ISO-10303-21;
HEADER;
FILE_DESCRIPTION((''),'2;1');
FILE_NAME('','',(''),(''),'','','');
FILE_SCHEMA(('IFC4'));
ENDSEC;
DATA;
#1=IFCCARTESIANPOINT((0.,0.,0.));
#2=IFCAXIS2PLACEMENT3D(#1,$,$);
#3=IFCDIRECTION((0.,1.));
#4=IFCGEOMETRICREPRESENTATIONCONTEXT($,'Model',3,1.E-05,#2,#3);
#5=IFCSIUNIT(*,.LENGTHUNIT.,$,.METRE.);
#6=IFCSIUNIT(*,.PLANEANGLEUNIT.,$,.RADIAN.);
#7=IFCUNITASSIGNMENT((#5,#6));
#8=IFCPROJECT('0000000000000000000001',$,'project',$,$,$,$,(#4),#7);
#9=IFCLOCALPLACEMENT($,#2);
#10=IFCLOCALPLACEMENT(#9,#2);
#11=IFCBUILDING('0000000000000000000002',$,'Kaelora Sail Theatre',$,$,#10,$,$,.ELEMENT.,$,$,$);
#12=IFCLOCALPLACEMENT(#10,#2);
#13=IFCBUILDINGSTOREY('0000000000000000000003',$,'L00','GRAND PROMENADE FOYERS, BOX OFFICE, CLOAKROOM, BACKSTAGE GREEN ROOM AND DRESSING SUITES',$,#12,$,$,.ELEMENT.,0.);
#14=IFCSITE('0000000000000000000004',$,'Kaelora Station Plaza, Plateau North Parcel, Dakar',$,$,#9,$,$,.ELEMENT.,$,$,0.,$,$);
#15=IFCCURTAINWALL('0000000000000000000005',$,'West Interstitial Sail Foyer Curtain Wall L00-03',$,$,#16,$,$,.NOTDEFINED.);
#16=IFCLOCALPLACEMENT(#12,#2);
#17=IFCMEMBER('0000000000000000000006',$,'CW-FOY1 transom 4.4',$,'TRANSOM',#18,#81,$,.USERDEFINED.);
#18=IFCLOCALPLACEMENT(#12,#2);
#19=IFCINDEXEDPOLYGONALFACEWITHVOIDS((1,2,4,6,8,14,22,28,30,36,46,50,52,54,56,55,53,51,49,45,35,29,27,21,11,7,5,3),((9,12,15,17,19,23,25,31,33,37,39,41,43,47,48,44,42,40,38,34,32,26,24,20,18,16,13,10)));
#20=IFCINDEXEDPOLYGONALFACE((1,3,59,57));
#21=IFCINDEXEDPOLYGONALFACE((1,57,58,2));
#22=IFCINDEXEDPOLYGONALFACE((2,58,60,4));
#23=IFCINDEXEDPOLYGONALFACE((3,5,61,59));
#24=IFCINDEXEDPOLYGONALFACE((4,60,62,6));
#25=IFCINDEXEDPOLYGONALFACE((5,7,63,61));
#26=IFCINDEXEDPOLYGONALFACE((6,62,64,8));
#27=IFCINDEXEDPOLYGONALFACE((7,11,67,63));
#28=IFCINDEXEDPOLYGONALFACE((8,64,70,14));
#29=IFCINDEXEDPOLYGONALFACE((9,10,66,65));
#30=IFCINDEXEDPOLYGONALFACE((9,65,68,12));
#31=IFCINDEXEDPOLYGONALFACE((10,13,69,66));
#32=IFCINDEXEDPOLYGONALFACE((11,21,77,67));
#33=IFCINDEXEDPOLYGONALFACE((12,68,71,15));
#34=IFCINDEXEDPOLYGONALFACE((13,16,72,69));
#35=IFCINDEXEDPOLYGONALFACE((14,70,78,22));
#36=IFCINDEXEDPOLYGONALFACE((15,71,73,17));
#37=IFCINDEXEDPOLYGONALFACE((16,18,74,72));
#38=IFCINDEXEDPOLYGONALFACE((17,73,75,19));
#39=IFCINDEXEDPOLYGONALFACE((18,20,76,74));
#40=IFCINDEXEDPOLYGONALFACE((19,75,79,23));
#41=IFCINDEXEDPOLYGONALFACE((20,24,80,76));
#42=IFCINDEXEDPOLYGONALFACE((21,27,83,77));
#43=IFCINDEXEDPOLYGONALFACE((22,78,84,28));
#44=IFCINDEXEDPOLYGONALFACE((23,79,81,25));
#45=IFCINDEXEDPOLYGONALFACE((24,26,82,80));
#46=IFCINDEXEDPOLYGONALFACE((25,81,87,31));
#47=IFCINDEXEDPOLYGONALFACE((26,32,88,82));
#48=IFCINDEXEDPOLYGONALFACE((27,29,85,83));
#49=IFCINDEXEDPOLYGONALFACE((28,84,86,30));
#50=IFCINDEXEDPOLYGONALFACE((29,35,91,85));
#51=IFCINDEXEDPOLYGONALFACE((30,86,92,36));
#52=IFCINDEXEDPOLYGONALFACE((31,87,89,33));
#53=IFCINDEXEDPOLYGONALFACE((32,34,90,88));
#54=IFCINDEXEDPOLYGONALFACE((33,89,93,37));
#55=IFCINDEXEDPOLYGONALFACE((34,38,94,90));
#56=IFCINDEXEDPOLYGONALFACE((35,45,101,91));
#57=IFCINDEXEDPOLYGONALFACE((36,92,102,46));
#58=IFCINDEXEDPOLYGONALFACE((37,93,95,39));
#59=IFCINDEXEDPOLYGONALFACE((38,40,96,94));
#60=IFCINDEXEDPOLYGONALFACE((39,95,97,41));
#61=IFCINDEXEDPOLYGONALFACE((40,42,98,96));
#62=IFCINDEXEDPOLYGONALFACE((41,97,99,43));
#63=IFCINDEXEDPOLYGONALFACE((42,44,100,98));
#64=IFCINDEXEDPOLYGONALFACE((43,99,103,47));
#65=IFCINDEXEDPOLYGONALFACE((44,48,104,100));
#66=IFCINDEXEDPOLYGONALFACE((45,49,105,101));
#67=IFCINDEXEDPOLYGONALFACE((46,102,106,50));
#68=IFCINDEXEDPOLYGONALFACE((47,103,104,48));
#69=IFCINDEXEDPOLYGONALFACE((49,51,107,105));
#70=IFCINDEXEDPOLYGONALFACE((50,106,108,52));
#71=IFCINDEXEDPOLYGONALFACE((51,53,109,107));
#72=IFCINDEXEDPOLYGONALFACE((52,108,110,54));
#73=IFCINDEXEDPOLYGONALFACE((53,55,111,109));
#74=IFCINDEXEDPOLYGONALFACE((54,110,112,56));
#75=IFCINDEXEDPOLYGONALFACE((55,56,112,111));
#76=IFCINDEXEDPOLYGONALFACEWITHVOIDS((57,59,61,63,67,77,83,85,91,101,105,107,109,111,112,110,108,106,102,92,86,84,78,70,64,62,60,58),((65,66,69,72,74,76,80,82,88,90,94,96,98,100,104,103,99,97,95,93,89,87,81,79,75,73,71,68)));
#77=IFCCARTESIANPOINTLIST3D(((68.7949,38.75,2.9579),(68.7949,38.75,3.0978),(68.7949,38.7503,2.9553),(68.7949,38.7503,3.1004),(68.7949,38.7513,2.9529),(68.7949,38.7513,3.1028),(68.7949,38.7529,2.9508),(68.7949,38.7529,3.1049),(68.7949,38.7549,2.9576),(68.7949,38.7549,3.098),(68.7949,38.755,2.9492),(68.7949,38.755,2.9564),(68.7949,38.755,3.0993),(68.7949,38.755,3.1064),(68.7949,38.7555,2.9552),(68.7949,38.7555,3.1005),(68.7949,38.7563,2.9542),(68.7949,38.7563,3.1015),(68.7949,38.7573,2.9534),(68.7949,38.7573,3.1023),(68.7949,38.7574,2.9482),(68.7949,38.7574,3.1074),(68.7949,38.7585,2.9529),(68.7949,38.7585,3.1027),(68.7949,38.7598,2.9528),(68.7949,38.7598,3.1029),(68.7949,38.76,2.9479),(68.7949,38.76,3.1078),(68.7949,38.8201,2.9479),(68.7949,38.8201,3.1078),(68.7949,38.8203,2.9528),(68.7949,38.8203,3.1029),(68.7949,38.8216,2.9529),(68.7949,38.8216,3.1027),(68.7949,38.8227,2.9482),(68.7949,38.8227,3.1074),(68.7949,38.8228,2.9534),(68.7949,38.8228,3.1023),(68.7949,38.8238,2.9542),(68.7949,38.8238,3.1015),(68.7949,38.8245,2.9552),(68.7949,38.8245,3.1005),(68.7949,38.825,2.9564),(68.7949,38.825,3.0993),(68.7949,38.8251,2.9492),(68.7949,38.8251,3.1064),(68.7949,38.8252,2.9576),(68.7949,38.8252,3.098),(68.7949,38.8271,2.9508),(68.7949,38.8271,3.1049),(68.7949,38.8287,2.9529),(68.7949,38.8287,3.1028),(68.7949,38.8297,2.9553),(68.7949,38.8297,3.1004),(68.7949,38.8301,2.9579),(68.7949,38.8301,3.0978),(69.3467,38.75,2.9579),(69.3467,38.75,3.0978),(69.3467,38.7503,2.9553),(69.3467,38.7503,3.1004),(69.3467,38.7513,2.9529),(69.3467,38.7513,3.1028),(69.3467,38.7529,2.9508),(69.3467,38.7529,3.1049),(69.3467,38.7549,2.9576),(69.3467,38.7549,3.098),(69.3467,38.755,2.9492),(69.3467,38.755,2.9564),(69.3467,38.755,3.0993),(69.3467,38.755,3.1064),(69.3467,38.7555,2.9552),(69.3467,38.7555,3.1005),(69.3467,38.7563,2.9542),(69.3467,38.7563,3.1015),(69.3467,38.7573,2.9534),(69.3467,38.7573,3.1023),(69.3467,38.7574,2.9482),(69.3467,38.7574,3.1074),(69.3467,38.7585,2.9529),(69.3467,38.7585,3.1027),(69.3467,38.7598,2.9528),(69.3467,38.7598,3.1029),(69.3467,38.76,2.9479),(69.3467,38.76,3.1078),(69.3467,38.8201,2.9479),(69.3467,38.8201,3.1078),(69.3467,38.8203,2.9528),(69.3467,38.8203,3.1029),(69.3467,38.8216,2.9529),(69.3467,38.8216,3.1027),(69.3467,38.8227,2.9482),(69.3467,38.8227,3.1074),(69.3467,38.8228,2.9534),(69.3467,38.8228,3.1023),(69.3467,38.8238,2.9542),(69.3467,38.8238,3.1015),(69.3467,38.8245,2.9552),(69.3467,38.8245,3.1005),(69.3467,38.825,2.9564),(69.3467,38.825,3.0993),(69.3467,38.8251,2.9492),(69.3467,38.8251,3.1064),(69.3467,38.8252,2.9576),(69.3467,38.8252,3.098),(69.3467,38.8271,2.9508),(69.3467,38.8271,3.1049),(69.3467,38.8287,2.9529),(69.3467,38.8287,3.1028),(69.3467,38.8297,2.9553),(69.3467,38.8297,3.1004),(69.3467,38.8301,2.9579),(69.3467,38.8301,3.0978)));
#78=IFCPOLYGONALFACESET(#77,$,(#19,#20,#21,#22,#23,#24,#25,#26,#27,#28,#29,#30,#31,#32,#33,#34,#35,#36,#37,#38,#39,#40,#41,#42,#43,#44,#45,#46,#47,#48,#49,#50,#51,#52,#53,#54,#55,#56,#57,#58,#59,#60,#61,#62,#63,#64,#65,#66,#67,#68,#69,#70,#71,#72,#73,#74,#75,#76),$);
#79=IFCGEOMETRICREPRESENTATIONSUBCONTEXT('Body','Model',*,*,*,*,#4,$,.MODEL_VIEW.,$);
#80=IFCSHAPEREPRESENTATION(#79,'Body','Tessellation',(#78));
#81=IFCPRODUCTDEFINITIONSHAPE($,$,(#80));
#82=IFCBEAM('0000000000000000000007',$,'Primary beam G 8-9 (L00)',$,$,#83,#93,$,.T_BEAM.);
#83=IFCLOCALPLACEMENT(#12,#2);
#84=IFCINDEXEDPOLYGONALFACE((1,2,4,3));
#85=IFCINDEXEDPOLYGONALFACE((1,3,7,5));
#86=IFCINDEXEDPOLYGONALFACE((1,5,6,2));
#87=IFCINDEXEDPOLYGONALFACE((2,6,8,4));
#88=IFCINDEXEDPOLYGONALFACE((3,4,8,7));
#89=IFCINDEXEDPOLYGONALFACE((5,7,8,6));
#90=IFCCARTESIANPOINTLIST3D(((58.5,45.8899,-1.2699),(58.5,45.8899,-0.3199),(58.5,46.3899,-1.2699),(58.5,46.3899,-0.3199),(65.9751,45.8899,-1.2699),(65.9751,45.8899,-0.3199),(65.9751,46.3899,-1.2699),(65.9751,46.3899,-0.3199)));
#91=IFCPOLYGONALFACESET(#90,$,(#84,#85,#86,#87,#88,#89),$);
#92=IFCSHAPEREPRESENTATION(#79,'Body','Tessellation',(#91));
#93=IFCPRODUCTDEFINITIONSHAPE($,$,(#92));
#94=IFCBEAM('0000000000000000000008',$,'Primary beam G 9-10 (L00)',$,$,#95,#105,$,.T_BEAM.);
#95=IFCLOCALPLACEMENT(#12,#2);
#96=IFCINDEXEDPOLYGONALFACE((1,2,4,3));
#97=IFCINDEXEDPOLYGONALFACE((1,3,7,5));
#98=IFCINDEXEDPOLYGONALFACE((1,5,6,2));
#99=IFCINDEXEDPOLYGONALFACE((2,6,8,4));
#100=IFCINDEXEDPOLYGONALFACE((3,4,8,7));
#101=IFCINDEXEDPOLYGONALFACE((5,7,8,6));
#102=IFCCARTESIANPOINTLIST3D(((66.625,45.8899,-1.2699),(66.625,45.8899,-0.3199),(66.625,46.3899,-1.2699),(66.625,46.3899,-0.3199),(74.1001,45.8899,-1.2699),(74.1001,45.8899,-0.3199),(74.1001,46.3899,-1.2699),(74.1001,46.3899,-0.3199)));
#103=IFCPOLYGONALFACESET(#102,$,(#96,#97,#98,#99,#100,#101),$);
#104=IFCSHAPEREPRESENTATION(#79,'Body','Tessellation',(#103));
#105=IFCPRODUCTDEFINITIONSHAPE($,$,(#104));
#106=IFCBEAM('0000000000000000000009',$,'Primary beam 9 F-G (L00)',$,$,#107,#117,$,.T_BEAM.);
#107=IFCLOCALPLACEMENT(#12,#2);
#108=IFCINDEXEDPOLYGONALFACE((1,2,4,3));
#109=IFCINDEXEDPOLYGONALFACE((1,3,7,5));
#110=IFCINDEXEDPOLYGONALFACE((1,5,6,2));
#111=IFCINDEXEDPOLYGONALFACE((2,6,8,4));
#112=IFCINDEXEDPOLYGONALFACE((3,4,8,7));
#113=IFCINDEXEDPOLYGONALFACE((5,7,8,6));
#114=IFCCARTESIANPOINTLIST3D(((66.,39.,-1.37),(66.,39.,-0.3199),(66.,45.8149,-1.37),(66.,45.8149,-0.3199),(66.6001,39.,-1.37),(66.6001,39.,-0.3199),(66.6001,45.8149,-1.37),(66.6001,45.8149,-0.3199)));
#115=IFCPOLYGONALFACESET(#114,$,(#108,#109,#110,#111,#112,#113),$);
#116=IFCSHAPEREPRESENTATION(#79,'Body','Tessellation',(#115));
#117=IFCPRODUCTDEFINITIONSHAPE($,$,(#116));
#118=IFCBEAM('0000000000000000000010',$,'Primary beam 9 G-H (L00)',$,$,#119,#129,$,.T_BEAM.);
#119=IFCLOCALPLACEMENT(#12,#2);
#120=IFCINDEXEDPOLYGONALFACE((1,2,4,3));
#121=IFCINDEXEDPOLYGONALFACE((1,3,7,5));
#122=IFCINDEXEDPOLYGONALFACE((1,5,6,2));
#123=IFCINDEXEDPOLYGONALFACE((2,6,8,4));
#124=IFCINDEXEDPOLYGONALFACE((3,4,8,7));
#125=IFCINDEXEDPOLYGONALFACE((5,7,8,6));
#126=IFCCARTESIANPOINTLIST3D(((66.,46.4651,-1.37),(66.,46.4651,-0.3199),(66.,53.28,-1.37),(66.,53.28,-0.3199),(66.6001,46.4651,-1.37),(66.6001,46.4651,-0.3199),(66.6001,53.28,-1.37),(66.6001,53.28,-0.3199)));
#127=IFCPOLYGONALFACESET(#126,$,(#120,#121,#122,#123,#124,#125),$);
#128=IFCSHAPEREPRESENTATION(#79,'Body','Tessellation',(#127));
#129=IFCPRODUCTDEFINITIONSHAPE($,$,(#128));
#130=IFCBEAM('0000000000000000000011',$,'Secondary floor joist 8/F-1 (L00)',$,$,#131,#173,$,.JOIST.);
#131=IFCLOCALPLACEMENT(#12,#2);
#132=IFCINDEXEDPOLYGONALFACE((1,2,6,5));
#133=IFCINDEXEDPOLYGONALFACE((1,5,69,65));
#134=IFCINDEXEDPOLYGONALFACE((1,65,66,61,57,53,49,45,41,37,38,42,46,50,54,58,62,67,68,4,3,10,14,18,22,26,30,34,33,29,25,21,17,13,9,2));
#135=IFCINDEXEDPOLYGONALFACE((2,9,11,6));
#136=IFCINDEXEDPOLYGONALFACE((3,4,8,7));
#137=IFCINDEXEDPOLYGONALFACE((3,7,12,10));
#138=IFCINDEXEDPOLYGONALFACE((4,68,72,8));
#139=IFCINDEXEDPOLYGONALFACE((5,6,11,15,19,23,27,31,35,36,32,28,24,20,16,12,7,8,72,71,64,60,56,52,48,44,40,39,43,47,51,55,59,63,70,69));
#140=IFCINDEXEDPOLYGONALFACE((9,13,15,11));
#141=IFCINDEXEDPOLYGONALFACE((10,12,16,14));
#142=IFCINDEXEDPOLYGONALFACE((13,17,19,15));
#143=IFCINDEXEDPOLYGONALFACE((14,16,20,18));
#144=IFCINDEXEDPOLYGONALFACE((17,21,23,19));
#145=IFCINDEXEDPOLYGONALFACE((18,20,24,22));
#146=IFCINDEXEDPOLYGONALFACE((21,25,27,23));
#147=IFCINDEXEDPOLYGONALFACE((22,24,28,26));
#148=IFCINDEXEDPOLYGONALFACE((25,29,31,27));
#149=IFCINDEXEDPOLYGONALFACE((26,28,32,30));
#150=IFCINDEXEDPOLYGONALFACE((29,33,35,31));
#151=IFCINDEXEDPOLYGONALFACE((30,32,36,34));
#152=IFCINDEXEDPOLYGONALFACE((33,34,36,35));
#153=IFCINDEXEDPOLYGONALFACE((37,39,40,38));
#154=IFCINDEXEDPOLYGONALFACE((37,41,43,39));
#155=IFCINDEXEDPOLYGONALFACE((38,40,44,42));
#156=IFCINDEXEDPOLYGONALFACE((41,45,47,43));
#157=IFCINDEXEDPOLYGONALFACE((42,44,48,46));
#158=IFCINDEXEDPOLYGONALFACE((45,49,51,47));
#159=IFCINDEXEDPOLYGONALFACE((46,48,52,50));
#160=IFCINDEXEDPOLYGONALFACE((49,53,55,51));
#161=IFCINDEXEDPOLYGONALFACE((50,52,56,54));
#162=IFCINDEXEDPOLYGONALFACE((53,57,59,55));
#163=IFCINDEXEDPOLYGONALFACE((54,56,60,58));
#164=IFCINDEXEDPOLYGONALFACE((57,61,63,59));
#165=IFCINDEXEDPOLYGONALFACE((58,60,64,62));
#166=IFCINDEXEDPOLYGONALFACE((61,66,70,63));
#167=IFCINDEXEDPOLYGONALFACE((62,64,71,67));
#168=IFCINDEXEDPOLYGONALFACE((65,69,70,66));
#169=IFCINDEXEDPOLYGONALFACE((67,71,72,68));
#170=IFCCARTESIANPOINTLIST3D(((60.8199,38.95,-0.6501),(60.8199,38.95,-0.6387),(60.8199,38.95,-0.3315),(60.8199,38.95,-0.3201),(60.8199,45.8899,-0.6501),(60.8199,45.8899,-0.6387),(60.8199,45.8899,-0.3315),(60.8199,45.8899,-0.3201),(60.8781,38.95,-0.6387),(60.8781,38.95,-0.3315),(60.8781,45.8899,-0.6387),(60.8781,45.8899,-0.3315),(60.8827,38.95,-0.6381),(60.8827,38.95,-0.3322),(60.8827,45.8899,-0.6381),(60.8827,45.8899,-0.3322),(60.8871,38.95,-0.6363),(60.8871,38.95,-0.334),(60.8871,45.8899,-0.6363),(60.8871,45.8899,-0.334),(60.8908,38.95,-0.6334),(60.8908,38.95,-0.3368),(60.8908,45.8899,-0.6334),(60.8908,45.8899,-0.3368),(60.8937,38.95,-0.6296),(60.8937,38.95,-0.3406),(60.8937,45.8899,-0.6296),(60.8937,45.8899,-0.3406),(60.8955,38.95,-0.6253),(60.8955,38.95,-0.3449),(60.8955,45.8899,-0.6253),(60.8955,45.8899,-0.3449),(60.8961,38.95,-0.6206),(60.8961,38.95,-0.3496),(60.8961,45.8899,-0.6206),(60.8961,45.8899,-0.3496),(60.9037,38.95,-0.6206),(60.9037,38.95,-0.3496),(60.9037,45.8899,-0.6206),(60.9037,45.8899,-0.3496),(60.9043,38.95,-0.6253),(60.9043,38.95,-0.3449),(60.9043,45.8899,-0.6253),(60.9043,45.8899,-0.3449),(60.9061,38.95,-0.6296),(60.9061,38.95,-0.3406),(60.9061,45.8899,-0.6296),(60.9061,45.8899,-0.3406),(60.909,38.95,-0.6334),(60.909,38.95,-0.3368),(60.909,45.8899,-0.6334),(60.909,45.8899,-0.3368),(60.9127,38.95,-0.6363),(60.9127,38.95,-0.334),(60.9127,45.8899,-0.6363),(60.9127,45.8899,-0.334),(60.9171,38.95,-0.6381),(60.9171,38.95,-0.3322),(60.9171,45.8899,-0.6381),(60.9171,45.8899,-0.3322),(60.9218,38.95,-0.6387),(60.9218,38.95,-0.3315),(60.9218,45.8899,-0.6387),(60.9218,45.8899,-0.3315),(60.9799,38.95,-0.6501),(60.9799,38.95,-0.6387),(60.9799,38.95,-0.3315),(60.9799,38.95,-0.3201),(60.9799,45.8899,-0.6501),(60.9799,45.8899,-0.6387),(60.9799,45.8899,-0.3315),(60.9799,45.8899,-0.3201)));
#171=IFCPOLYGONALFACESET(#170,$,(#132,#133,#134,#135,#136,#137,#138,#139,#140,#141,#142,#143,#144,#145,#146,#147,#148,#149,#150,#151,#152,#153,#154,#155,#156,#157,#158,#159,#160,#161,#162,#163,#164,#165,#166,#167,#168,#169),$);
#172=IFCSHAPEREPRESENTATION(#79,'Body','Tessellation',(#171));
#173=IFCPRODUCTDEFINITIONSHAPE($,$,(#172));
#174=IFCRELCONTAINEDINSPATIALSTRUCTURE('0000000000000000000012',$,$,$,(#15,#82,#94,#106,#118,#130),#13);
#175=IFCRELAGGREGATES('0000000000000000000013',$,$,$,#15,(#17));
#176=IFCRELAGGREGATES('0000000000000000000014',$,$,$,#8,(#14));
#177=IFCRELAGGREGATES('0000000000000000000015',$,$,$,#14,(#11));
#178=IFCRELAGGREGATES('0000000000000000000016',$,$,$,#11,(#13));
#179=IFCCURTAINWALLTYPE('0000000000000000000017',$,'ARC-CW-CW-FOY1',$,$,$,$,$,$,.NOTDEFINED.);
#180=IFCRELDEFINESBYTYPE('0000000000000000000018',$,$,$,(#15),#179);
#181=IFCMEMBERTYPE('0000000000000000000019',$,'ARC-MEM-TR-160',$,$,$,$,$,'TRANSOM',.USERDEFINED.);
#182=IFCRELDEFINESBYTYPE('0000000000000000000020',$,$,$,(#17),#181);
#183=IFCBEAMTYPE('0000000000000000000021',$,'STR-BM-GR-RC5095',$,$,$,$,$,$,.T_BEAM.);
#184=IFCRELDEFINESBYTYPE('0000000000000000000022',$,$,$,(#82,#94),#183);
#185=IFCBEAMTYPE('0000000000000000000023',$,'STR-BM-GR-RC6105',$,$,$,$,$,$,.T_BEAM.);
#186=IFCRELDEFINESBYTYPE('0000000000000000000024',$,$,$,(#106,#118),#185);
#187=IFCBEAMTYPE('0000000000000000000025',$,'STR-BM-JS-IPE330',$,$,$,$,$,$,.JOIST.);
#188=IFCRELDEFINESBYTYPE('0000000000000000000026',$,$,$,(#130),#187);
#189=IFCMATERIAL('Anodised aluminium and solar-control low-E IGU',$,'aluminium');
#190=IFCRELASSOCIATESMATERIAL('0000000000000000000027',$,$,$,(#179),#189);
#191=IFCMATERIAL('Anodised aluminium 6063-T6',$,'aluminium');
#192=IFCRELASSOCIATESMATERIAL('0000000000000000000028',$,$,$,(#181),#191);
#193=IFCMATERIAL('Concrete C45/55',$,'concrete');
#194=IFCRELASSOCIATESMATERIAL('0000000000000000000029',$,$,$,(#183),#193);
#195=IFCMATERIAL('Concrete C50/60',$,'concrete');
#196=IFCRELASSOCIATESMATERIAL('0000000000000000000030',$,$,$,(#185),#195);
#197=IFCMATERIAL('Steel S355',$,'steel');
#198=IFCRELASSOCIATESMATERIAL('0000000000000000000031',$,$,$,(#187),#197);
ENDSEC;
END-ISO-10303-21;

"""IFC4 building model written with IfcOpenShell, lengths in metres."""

from ifc_helpers import new_model, si_unit, direction, frame, origin, origin_2d, place, context, subcontext, project, spatial, rectangle, hollow_rectangle, i_section, extrude, material, material_profile, profile_set, type_object, element, aggregate, save


model = new_model("IFC4")

# Units and contexts
model_context = context("Model", 3, precision=1e-05, world=origin(), true_north=direction((0.0, 1.0)))
body_context = subcontext(model_context, "Body", "Model", "MODEL_VIEW")
ifc_project = project(units=[si_unit("LENGTHUNIT", "METRE"), si_unit("PLANEANGLEUNIT", "RADIAN")], contexts=[model_context])

# Site, building, storey
site_placement = place(None, origin())
site = spatial("IfcSite", under=ifc_project, at=site_placement, Name="Kaelora Station Plaza, Plateau North Parcel, Dakar", CompositionType="ELEMENT", RefElevation=0.0)
building_placement = place(site_placement, origin())
building = spatial("IfcBuilding", under=site, at=building_placement, Name="Kaelora Sail Theatre", CompositionType="ELEMENT")
storey_placement = place(building_placement, origin())
storey = spatial("IfcBuildingStorey", under=building, at=storey_placement, Name="L00", Description="GRAND PROMENADE FOYERS, BOX OFFICE, CLOAKROOM, BACKSTAGE GREEN ROOM AND DRESSING SUITES", CompositionType="ELEMENT", Elevation=0.0)

# Curtain wall
ifc_material_1 = material(Name="Anodised aluminium and solar-control low-E IGU", Category="aluminium")
curtain_wall_type = type_object("IfcCurtainWallType", Name="ARC-CW-CW-FOY1", PredefinedType="NOTDEFINED", material=ifc_material_1)
curtain_wall_placement = place(storey_placement, origin())
curtain_wall = element("IfcCurtainWall", 1, at=curtain_wall_placement, inside=storey, type_object=curtain_wall_type, Name="West Interstitial Sail Foyer Curtain Wall L00-03", PredefinedType="NOTDEFINED")

# Member
ifc_material_2 = material(Name="Anodised aluminium 6063-T6", Category="aluminium")
ifc_material_profile_1 = material_profile(ifc_material_2, hollow_rectangle(XDim=0.0801, YDim=0.1599, WallThickness=0.0049, InnerFilletRadius=0.0049, OuterFilletRadius=0.01, at=origin_2d()), Name="ALU-TRAN 80x160x5")
ifc_profile_set_1 = profile_set([ifc_material_profile_1], Name="Anodised aluminium 6063-T6")
member_type_1 = type_object("IfcMemberType", Name="ARC-MEM-TR-160", ElementType="TRANSOM", PredefinedType="USERDEFINED", material=ifc_profile_set_1)
member_1_placement = place(storey_placement, frame((68.7949, 38.79, 3.0278), z_axis=(1.0, 0.0, 0.0), x_axis=(0.0, 1.0, 0.0)))
member_1 = element("IfcMember", 2, at=member_1_placement, type_object=member_type_1, Name="CW-FOY1 transom 4.4", ObjectType="TRANSOM", PredefinedType="USERDEFINED", context=body_context, shape_type="SweptSolid", body=[
    extrude(hollow_rectangle(XDim=0.0801, YDim=0.1599, WallThickness=0.0049, InnerFilletRadius=0.0049, OuterFilletRadius=0.01, at=origin_2d()), origin(), (0.0, 0.0, 1.0), 0.5518),
])

# Beams
ifc_material_3 = material(Name="Concrete C45/55", Category="concrete")
ifc_material_profile_2 = material_profile(ifc_material_3, rectangle(XDim=0.5, YDim=0.95, at=origin_2d()), Name="RC-GRD 500x950")
ifc_profile_set_2 = profile_set([ifc_material_profile_2], Name="Concrete C45/55")
beam_type_1 = type_object("IfcBeamType", Name="STR-BM-GR-RC5095", PredefinedType="T_BEAM", material=ifc_profile_set_2)
for number, where, z_axis, x_axis, name in (
    (3, (58.5, 46.1399, -0.7949), (1.0, 0.0, 0.0), (0.0, 1.0, 0.0), "Primary beam G 8-9 (L00)"),
    (4, (66.625, 46.1399, -0.7949), (1.0, 0.0, 0.0), (0.0, 1.0, 0.0), "Primary beam G 9-10 (L00)"),
):
    element("IfcBeam", number, at=place(storey_placement, frame(where, z_axis=z_axis, x_axis=x_axis)), inside=storey, type_object=beam_type_1, Name=name, PredefinedType="T_BEAM", context=body_context, shape_type="SweptSolid", body=[
        extrude(rectangle(XDim=0.5, YDim=0.95, at=origin_2d()), origin(), (0.0, 0.0, 1.0), 7.4751),
    ])
ifc_material_4 = material(Name="Concrete C50/60", Category="concrete")
ifc_material_profile_3 = material_profile(ifc_material_4, rectangle(XDim=0.6001, YDim=1.05, at=origin_2d()), Name="RC-GRD 600x1050")
ifc_profile_set_3 = profile_set([ifc_material_profile_3], Name="Concrete C50/60")
beam_type_2 = type_object("IfcBeamType", Name="STR-BM-GR-RC6105", PredefinedType="T_BEAM", material=ifc_profile_set_3)
for number, where, z_axis, x_axis, name in (
    (5, (66.3, 39.0, -0.845), (0.0, 1.0, 0.0), (-1.0, 0.0, 0.0), "Primary beam 9 F-G (L00)"),
    (6, (66.3, 46.4651, -0.845), (0.0, 1.0, 0.0), (-1.0, 0.0, 0.0), "Primary beam 9 G-H (L00)"),
):
    element("IfcBeam", number, at=place(storey_placement, frame(where, z_axis=z_axis, x_axis=x_axis)), inside=storey, type_object=beam_type_2, Name=name, PredefinedType="T_BEAM", context=body_context, shape_type="SweptSolid", body=[
        extrude(rectangle(XDim=0.6001, YDim=1.05, at=origin_2d()), origin(), (0.0, 0.0, 1.0), 6.8149),
    ])
ifc_material_5 = material(Name="Steel S355", Category="steel")
ifc_material_profile_4 = material_profile(ifc_material_5, i_section(OverallWidth=0.1599, OverallDepth=0.3301, WebThickness=0.0076, FlangeThickness=0.0115, FilletRadius=0.0181, at=origin_2d()), Name="IPE 330")
ifc_profile_set_4 = profile_set([ifc_material_profile_4], Name="Steel S355")
beam_type_3 = type_object("IfcBeamType", Name="STR-BM-JS-IPE330", PredefinedType="JOIST", material=ifc_profile_set_4)
beam_1_placement = place(storey_placement, frame((60.8999, 38.95, -0.4851), z_axis=(0.0, 1.0, 0.0), x_axis=(-1.0, 0.0, 0.0)))
element("IfcBeam", 7, at=beam_1_placement, inside=storey, type_object=beam_type_3, Name="Secondary floor joist 8/F-1 (L00)", PredefinedType="JOIST", context=body_context, shape_type="SweptSolid", body=[
    extrude(i_section(OverallWidth=0.1599, OverallDepth=0.3301, WebThickness=0.0076, FlangeThickness=0.0115, FilletRadius=0.0181, at=origin_2d()), origin(), (0.0, 0.0, 1.0), 6.9399),
])

aggregate(curtain_wall, [member_1])

save(model, "model.ifc")
